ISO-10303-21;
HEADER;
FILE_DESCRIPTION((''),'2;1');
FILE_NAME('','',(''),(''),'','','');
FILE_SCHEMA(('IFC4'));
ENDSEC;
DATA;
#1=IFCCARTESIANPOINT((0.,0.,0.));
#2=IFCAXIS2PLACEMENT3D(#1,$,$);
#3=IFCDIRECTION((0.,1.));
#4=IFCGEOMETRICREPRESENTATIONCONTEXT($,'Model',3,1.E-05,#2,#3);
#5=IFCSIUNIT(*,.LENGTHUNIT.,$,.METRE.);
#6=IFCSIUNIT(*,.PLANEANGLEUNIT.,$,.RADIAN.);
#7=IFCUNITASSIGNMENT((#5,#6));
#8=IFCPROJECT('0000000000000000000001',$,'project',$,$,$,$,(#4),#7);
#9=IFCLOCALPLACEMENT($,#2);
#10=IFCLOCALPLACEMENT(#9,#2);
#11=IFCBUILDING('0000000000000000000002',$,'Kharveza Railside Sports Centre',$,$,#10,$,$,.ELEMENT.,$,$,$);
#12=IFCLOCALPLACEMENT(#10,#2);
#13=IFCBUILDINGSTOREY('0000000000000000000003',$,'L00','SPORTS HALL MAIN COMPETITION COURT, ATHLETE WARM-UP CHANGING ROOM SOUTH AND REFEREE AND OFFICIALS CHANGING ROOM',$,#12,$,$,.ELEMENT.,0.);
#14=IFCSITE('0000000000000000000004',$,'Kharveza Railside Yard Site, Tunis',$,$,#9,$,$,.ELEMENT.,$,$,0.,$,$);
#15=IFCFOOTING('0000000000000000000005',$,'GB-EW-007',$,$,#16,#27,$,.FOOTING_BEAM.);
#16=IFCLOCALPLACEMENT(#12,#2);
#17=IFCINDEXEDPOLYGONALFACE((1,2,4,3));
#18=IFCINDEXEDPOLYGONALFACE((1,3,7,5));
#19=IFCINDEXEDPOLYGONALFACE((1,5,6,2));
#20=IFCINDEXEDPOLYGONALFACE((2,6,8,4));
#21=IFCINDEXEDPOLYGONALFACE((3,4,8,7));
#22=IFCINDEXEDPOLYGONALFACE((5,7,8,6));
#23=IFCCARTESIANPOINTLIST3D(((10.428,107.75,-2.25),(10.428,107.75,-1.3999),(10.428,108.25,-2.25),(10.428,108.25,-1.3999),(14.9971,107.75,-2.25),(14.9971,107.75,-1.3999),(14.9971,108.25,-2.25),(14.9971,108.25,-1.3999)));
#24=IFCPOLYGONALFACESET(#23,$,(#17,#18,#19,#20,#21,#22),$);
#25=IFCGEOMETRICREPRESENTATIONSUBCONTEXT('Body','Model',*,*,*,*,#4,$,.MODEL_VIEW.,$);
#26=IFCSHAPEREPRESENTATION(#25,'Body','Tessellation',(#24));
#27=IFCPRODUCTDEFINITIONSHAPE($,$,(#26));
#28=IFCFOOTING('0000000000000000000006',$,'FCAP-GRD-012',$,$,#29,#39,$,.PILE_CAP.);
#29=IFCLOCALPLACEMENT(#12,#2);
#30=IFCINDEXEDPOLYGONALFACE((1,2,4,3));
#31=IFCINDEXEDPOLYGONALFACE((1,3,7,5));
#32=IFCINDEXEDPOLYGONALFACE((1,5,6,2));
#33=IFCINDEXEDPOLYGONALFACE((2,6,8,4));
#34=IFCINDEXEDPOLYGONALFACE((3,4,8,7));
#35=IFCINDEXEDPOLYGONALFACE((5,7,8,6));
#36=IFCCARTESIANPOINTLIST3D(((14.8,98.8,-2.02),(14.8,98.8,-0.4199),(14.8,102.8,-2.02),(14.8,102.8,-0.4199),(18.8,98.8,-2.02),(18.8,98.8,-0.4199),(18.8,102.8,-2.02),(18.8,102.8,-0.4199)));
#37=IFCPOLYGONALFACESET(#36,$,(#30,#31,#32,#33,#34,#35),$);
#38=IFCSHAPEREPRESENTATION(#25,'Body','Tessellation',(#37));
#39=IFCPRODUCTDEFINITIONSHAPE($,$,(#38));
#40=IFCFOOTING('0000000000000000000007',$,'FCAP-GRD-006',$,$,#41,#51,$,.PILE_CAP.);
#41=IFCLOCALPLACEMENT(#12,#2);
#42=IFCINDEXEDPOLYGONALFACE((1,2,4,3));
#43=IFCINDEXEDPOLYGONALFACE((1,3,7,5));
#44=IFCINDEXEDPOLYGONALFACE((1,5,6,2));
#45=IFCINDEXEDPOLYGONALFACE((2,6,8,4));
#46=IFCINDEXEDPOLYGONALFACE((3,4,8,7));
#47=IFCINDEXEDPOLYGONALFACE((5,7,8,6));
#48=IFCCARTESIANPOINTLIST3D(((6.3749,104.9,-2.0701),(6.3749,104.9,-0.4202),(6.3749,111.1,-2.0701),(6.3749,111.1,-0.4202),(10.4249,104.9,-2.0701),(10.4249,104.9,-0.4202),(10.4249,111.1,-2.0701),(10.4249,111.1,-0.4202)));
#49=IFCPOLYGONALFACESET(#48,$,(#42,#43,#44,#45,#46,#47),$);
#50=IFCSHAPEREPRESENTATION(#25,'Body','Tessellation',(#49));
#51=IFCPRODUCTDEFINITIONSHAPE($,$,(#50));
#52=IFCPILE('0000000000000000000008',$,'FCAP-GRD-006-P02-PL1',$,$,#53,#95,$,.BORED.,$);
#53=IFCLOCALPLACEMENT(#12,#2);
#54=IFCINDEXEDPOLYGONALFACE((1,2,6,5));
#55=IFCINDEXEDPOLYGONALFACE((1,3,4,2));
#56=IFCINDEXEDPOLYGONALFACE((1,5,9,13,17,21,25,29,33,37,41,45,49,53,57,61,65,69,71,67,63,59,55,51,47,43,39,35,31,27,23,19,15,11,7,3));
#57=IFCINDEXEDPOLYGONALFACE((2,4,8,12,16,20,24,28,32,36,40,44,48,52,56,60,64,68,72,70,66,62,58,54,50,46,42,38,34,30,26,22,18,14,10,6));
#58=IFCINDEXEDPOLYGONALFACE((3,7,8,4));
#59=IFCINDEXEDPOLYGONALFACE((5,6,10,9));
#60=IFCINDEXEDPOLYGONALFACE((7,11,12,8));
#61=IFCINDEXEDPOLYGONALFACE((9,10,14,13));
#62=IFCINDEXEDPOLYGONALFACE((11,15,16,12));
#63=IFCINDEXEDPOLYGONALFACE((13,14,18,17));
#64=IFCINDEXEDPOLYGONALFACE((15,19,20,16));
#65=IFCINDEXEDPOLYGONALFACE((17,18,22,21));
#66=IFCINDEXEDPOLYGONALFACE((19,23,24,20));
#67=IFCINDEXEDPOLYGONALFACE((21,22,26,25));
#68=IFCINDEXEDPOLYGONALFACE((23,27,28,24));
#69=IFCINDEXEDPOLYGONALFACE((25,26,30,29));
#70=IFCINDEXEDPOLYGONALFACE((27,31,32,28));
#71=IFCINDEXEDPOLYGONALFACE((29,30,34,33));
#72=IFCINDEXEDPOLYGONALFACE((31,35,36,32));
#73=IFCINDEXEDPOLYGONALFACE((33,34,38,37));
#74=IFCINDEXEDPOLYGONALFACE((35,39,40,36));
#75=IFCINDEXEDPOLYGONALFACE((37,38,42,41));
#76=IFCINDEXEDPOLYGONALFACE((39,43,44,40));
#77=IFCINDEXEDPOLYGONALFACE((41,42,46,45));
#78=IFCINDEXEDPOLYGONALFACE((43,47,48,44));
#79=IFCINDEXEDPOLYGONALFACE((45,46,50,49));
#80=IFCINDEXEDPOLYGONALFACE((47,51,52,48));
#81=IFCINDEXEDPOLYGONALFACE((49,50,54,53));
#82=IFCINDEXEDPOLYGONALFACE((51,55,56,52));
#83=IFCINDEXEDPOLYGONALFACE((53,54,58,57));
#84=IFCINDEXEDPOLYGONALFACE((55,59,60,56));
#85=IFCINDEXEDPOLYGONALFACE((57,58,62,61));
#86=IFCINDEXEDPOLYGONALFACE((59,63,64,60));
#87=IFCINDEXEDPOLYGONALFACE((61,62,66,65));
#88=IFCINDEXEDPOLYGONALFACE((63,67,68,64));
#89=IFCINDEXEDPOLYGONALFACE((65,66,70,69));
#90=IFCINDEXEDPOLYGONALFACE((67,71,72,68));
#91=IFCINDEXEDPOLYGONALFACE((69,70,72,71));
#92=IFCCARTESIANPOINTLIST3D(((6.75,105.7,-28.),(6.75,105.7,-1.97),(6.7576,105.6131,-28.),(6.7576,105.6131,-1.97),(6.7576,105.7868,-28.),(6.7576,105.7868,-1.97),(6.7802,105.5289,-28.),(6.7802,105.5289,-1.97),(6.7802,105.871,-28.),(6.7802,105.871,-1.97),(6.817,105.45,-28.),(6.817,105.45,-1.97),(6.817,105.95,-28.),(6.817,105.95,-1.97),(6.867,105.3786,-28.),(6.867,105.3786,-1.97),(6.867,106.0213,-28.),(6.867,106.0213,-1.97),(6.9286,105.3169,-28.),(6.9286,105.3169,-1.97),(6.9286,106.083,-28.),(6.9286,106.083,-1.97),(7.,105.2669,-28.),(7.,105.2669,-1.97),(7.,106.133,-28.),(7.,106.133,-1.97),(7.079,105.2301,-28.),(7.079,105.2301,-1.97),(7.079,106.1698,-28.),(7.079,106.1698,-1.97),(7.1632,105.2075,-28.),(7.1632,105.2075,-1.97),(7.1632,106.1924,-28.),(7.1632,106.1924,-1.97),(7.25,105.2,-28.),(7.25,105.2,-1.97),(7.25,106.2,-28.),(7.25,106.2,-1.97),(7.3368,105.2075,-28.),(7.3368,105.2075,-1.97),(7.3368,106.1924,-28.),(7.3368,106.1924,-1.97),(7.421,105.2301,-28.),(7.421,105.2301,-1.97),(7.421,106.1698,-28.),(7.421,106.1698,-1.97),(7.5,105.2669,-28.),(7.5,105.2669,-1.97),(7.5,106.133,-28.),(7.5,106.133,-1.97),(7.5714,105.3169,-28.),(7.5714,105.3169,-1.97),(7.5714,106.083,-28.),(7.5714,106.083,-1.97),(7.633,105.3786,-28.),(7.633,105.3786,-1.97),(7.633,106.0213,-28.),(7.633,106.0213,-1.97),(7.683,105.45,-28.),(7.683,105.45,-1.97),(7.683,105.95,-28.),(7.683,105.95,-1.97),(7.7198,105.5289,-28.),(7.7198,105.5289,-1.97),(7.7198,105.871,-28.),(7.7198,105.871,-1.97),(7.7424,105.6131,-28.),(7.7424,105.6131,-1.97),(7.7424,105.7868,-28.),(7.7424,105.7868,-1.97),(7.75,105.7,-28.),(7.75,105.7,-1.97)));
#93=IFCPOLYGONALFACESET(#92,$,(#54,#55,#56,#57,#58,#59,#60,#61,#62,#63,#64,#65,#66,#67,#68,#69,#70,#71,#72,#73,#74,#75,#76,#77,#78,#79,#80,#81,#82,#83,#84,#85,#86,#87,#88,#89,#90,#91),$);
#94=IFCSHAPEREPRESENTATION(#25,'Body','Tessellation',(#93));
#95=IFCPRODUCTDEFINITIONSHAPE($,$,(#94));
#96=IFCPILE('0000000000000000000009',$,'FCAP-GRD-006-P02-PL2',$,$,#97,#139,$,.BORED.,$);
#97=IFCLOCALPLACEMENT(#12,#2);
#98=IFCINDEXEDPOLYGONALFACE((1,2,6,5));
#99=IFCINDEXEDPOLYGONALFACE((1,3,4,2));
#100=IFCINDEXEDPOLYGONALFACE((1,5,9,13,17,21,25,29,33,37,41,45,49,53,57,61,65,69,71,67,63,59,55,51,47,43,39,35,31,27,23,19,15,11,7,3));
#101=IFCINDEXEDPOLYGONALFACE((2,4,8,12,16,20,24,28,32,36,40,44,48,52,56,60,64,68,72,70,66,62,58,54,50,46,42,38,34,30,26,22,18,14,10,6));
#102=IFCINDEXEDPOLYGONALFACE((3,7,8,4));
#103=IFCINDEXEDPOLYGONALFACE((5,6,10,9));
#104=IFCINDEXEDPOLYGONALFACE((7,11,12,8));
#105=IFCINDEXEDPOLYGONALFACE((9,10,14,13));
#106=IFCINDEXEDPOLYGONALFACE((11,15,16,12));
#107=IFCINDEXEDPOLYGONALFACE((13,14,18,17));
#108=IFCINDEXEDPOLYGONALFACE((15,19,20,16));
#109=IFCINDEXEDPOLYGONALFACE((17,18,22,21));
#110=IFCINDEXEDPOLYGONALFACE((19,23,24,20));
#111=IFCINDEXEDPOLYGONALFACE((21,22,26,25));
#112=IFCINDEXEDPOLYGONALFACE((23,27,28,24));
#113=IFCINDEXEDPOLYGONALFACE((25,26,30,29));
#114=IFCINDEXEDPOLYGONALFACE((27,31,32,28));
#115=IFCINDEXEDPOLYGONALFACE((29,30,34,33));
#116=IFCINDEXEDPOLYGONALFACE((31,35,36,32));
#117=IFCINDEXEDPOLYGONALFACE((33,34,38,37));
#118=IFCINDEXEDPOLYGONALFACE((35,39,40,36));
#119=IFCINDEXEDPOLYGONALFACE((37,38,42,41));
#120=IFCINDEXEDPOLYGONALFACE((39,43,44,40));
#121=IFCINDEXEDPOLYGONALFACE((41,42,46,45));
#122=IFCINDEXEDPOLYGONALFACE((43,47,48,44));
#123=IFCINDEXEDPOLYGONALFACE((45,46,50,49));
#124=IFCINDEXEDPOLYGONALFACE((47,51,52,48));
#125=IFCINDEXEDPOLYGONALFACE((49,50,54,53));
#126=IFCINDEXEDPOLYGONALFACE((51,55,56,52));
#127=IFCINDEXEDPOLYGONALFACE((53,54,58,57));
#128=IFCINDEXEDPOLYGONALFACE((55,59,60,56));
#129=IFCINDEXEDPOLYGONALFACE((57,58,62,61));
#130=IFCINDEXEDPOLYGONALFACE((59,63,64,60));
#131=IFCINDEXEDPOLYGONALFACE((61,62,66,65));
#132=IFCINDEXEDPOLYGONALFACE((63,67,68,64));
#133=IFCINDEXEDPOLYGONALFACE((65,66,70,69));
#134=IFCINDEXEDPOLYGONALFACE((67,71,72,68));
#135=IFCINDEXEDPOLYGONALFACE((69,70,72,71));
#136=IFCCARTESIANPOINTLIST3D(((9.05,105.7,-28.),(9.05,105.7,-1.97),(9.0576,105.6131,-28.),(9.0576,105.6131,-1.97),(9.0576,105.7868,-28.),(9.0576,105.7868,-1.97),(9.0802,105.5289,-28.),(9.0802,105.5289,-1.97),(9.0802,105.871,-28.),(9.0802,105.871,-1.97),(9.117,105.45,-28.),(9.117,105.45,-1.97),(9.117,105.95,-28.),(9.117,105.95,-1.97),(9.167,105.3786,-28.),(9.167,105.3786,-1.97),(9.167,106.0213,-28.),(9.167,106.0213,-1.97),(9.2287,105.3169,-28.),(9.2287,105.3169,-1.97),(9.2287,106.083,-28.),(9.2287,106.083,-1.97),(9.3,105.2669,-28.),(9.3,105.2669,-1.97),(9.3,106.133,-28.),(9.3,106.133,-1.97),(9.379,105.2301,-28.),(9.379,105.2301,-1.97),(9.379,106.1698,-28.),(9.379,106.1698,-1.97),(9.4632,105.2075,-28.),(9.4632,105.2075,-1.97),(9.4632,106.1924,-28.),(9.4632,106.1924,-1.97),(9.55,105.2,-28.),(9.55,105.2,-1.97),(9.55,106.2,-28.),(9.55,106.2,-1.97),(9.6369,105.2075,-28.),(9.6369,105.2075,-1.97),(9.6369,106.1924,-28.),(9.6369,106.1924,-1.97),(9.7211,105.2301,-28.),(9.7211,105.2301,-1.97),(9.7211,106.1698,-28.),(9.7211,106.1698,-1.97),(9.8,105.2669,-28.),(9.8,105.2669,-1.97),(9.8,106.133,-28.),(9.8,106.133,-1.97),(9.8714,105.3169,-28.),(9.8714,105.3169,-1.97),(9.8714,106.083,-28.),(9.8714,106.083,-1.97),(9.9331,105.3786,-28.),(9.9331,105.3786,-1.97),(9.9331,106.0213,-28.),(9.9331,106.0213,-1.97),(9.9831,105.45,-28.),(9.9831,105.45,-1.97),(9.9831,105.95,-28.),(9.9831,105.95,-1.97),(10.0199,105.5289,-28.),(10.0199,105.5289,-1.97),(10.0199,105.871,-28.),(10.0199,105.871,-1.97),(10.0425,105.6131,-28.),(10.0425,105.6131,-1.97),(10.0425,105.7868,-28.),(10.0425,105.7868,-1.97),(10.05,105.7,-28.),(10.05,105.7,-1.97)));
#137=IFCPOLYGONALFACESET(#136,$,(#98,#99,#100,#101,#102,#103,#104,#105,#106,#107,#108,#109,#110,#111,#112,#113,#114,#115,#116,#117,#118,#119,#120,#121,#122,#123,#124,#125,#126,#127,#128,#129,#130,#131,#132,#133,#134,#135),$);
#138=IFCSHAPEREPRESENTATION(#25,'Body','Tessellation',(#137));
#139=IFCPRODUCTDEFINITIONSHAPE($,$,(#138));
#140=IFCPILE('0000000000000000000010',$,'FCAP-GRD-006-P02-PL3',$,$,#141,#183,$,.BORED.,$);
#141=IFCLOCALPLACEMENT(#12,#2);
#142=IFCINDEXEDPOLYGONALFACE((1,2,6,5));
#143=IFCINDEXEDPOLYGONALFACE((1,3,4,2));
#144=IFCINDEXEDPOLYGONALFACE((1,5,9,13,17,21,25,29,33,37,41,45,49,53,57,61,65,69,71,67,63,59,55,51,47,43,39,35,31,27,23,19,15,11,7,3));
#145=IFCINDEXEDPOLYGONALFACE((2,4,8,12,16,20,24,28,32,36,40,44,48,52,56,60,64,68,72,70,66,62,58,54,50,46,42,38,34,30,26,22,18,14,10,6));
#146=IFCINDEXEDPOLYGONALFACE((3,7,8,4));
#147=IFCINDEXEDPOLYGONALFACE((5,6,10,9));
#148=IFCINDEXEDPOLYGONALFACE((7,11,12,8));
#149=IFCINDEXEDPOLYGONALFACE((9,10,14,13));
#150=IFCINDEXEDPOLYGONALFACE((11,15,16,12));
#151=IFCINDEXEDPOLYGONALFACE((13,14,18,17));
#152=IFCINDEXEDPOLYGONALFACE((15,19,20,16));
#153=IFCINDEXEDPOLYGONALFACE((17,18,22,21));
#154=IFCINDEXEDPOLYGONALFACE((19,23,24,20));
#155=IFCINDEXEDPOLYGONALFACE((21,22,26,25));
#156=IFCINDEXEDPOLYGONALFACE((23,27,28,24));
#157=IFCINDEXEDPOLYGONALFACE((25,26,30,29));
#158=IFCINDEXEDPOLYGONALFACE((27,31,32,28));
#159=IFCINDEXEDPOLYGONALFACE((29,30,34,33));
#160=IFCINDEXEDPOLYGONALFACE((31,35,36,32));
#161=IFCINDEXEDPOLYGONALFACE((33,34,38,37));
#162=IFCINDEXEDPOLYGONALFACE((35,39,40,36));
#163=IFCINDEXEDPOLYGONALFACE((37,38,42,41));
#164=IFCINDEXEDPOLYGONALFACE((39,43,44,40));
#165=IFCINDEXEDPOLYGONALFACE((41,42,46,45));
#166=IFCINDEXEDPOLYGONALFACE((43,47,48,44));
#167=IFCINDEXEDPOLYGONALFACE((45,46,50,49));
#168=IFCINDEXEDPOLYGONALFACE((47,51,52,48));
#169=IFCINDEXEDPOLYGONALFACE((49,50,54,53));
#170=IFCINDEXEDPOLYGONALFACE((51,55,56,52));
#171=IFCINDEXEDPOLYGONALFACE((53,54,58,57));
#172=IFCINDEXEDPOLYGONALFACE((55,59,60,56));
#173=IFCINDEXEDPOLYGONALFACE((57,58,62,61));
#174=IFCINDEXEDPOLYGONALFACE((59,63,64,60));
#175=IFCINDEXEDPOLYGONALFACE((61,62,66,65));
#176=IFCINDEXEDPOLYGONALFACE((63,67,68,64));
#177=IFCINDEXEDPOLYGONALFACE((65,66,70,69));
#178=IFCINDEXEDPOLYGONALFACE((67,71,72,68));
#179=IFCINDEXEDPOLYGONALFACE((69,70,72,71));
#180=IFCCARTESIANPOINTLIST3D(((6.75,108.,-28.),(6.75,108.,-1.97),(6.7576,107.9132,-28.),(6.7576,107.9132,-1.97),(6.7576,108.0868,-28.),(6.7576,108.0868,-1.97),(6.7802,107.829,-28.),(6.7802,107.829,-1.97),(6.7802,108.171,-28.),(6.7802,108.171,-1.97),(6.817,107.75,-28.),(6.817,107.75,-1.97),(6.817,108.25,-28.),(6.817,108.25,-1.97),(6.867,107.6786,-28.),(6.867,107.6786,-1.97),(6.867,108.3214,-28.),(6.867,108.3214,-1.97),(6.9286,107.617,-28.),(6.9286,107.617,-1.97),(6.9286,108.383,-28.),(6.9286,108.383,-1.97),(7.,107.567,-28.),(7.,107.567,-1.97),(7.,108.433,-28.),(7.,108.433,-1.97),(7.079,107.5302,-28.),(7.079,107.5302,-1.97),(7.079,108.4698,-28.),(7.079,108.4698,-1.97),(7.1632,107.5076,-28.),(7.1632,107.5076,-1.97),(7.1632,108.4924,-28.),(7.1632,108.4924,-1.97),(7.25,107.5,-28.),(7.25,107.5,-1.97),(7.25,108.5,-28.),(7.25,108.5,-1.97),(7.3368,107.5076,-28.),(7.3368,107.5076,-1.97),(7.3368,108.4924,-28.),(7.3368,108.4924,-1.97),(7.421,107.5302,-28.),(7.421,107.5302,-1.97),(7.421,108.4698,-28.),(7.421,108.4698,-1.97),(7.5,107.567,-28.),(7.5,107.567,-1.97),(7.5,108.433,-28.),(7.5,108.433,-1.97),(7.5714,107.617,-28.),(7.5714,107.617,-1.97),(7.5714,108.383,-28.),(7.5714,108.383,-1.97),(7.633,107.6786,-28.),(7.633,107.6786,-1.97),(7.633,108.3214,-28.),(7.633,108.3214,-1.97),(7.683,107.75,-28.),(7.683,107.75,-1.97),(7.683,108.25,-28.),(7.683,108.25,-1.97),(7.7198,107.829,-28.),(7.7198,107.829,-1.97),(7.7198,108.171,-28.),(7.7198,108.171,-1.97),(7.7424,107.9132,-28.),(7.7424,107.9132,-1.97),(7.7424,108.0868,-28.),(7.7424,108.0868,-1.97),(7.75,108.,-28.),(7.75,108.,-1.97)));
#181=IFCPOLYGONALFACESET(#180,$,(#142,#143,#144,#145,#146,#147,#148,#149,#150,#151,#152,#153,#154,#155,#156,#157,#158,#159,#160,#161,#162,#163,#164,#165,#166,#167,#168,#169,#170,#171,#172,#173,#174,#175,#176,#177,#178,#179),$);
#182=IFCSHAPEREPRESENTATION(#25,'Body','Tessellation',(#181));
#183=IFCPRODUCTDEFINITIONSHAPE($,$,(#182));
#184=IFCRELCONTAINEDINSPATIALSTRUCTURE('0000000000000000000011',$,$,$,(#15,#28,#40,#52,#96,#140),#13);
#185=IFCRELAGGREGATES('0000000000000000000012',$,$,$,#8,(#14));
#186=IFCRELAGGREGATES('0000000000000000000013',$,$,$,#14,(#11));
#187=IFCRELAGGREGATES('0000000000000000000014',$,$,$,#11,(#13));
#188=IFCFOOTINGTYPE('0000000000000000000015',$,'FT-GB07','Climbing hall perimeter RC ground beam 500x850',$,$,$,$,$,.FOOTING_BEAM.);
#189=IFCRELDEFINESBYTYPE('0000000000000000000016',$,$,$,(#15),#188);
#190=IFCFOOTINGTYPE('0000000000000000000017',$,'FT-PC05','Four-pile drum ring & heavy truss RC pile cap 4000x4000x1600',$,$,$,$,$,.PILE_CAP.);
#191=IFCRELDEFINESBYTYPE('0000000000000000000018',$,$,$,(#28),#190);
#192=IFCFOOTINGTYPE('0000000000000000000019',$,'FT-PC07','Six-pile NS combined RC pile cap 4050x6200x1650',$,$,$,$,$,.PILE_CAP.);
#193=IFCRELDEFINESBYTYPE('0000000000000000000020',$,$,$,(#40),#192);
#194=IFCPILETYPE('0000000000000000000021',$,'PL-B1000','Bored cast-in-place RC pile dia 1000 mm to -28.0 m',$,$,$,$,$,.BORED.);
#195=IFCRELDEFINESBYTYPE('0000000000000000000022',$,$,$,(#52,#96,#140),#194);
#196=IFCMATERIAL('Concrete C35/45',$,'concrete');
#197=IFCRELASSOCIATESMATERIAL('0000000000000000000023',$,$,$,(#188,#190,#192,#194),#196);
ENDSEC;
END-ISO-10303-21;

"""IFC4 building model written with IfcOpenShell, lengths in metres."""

from ifc_helpers import new_model, si_unit, direction, frame, origin, origin_2d, place, context, subcontext, project, spatial, rectangle, circle, extrude, material, material_profile, profile_set, type_object, element, save


model = new_model("IFC4")

# Units and contexts
model_context = context("Model", 3, precision=1e-05, world=origin(), true_north=direction((0.0, 1.0)))
body_context = subcontext(model_context, "Body", "Model", "MODEL_VIEW")
ifc_project = project(units=[si_unit("LENGTHUNIT", "METRE"), si_unit("PLANEANGLEUNIT", "RADIAN")], contexts=[model_context])

# Site, building, storey
site_placement = place(None, origin())
site = spatial("IfcSite", under=ifc_project, at=site_placement, Name="Kharveza Railside Yard Site, Tunis", CompositionType="ELEMENT", RefElevation=0.0)
building_placement = place(site_placement, origin())
building = spatial("IfcBuilding", under=site, at=building_placement, Name="Kharveza Railside Sports Centre", CompositionType="ELEMENT")
storey_placement = place(building_placement, origin())
storey = spatial("IfcBuildingStorey", under=building, at=storey_placement, Name="L00", Description="SPORTS HALL MAIN COMPETITION COURT, ATHLETE WARM-UP CHANGING ROOM SOUTH AND REFEREE AND OFFICIALS CHANGING ROOM", CompositionType="ELEMENT", Elevation=0.0)

# Footings
ifc_material_1 = material(Name="Concrete C35/45", Category="concrete")
ifc_material_profile_1 = material_profile(ifc_material_1, rectangle(XDim=0.5, YDim=0.8501, at=origin_2d()), Name="GB 500x850")
ifc_profile_set_1 = profile_set([ifc_material_profile_1], Name="Concrete C35/45")
footing_type_1 = type_object("IfcFootingType", Name="FT-GB07", Description="Climbing hall perimeter RC ground beam 500x850", PredefinedType="FOOTING_BEAM", material=ifc_profile_set_1)
footing_1_placement = place(storey_placement, frame((10.428, 108.0, -1.825), z_axis=(1.0, 0.0, 0.0), x_axis=(0.0, 1.0, 0.0)))
element("IfcFooting", 1, at=footing_1_placement, inside=storey, type_object=footing_type_1, Name="GB-EW-007", PredefinedType="FOOTING_BEAM", context=body_context, shape_type="SweptSolid", body=[
    extrude(rectangle(XDim=0.5, YDim=0.8501, at=origin_2d()), origin(), (0.0, 0.0, 1.0), 4.5691),
])
footing_type_2 = type_object("IfcFootingType", Name="FT-PC05", Description="Four-pile drum ring & heavy truss RC pile cap 4000x4000x1600", PredefinedType="PILE_CAP", material=ifc_material_1)
footing_2_placement = place(storey_placement, frame((16.8, 100.8, -2.02), z_axis=(0.0, 0.0, 1.0), x_axis=(1.0, 0.0, 0.0)))
element("IfcFooting", 2, at=footing_2_placement, inside=storey, type_object=footing_type_2, Name="FCAP-GRD-012", PredefinedType="PILE_CAP", context=body_context, shape_type="SweptSolid", body=[
    extrude(rectangle(XDim=4.0, YDim=4.0, at=origin_2d()), origin(), (0.0, 0.0, 1.0), 1.6001),
])
footing_type_3 = type_object("IfcFootingType", Name="FT-PC07", Description="Six-pile NS combined RC pile cap 4050x6200x1650", PredefinedType="PILE_CAP", material=ifc_material_1)
footing_3_placement = place(storey_placement, frame((8.3999, 108.0, -2.0701), z_axis=(0.0, 0.0, 1.0), x_axis=(1.0, 0.0, 0.0)))
element("IfcFooting", 3, at=footing_3_placement, inside=storey, type_object=footing_type_3, Name="FCAP-GRD-006", PredefinedType="PILE_CAP", context=body_context, shape_type="SweptSolid", body=[
    extrude(rectangle(XDim=4.05, YDim=6.2, at=origin_2d()), origin(), (0.0, 0.0, 1.0), 1.6499),
])

# Piles
ifc_material_profile_2 = material_profile(ifc_material_1, circle(Radius=0.5, at=origin_2d()), Name="PILE D1000")
ifc_profile_set_2 = profile_set([ifc_material_profile_2], Name="Concrete C35/45")
pile_type_1 = type_object("IfcPileType", Name="PL-B1000", Description="Bored cast-in-place RC pile dia 1000 mm to -28.0 m", PredefinedType="BORED", material=ifc_profile_set_2)
for number, where, z_axis, x_axis, name in (
    (4, (7.25, 105.7, -1.97), (0.0, 0.0, -1.0), (1.0, 0.0, 0.0), "FCAP-GRD-006-P02-PL1"),
    (5, (9.55, 105.7, -1.97), (0.0, 0.0, -1.0), (1.0, 0.0, 0.0), "FCAP-GRD-006-P02-PL2"),
    (6, (7.25, 108.0, -1.97), (0.0, 0.0, -1.0), (1.0, 0.0, 0.0), "FCAP-GRD-006-P02-PL3"),
):
    element("IfcPile", number, at=place(storey_placement, frame(where, z_axis=z_axis, x_axis=x_axis)), inside=storey, type_object=pile_type_1, Name=name, PredefinedType="BORED", context=body_context, shape_type="SweptSolid", body=[
        extrude(circle(Radius=0.5, at=origin_2d()), origin(), (0.0, 0.0, 1.0), 26.03),
    ])

save(model, "model.ifc")
